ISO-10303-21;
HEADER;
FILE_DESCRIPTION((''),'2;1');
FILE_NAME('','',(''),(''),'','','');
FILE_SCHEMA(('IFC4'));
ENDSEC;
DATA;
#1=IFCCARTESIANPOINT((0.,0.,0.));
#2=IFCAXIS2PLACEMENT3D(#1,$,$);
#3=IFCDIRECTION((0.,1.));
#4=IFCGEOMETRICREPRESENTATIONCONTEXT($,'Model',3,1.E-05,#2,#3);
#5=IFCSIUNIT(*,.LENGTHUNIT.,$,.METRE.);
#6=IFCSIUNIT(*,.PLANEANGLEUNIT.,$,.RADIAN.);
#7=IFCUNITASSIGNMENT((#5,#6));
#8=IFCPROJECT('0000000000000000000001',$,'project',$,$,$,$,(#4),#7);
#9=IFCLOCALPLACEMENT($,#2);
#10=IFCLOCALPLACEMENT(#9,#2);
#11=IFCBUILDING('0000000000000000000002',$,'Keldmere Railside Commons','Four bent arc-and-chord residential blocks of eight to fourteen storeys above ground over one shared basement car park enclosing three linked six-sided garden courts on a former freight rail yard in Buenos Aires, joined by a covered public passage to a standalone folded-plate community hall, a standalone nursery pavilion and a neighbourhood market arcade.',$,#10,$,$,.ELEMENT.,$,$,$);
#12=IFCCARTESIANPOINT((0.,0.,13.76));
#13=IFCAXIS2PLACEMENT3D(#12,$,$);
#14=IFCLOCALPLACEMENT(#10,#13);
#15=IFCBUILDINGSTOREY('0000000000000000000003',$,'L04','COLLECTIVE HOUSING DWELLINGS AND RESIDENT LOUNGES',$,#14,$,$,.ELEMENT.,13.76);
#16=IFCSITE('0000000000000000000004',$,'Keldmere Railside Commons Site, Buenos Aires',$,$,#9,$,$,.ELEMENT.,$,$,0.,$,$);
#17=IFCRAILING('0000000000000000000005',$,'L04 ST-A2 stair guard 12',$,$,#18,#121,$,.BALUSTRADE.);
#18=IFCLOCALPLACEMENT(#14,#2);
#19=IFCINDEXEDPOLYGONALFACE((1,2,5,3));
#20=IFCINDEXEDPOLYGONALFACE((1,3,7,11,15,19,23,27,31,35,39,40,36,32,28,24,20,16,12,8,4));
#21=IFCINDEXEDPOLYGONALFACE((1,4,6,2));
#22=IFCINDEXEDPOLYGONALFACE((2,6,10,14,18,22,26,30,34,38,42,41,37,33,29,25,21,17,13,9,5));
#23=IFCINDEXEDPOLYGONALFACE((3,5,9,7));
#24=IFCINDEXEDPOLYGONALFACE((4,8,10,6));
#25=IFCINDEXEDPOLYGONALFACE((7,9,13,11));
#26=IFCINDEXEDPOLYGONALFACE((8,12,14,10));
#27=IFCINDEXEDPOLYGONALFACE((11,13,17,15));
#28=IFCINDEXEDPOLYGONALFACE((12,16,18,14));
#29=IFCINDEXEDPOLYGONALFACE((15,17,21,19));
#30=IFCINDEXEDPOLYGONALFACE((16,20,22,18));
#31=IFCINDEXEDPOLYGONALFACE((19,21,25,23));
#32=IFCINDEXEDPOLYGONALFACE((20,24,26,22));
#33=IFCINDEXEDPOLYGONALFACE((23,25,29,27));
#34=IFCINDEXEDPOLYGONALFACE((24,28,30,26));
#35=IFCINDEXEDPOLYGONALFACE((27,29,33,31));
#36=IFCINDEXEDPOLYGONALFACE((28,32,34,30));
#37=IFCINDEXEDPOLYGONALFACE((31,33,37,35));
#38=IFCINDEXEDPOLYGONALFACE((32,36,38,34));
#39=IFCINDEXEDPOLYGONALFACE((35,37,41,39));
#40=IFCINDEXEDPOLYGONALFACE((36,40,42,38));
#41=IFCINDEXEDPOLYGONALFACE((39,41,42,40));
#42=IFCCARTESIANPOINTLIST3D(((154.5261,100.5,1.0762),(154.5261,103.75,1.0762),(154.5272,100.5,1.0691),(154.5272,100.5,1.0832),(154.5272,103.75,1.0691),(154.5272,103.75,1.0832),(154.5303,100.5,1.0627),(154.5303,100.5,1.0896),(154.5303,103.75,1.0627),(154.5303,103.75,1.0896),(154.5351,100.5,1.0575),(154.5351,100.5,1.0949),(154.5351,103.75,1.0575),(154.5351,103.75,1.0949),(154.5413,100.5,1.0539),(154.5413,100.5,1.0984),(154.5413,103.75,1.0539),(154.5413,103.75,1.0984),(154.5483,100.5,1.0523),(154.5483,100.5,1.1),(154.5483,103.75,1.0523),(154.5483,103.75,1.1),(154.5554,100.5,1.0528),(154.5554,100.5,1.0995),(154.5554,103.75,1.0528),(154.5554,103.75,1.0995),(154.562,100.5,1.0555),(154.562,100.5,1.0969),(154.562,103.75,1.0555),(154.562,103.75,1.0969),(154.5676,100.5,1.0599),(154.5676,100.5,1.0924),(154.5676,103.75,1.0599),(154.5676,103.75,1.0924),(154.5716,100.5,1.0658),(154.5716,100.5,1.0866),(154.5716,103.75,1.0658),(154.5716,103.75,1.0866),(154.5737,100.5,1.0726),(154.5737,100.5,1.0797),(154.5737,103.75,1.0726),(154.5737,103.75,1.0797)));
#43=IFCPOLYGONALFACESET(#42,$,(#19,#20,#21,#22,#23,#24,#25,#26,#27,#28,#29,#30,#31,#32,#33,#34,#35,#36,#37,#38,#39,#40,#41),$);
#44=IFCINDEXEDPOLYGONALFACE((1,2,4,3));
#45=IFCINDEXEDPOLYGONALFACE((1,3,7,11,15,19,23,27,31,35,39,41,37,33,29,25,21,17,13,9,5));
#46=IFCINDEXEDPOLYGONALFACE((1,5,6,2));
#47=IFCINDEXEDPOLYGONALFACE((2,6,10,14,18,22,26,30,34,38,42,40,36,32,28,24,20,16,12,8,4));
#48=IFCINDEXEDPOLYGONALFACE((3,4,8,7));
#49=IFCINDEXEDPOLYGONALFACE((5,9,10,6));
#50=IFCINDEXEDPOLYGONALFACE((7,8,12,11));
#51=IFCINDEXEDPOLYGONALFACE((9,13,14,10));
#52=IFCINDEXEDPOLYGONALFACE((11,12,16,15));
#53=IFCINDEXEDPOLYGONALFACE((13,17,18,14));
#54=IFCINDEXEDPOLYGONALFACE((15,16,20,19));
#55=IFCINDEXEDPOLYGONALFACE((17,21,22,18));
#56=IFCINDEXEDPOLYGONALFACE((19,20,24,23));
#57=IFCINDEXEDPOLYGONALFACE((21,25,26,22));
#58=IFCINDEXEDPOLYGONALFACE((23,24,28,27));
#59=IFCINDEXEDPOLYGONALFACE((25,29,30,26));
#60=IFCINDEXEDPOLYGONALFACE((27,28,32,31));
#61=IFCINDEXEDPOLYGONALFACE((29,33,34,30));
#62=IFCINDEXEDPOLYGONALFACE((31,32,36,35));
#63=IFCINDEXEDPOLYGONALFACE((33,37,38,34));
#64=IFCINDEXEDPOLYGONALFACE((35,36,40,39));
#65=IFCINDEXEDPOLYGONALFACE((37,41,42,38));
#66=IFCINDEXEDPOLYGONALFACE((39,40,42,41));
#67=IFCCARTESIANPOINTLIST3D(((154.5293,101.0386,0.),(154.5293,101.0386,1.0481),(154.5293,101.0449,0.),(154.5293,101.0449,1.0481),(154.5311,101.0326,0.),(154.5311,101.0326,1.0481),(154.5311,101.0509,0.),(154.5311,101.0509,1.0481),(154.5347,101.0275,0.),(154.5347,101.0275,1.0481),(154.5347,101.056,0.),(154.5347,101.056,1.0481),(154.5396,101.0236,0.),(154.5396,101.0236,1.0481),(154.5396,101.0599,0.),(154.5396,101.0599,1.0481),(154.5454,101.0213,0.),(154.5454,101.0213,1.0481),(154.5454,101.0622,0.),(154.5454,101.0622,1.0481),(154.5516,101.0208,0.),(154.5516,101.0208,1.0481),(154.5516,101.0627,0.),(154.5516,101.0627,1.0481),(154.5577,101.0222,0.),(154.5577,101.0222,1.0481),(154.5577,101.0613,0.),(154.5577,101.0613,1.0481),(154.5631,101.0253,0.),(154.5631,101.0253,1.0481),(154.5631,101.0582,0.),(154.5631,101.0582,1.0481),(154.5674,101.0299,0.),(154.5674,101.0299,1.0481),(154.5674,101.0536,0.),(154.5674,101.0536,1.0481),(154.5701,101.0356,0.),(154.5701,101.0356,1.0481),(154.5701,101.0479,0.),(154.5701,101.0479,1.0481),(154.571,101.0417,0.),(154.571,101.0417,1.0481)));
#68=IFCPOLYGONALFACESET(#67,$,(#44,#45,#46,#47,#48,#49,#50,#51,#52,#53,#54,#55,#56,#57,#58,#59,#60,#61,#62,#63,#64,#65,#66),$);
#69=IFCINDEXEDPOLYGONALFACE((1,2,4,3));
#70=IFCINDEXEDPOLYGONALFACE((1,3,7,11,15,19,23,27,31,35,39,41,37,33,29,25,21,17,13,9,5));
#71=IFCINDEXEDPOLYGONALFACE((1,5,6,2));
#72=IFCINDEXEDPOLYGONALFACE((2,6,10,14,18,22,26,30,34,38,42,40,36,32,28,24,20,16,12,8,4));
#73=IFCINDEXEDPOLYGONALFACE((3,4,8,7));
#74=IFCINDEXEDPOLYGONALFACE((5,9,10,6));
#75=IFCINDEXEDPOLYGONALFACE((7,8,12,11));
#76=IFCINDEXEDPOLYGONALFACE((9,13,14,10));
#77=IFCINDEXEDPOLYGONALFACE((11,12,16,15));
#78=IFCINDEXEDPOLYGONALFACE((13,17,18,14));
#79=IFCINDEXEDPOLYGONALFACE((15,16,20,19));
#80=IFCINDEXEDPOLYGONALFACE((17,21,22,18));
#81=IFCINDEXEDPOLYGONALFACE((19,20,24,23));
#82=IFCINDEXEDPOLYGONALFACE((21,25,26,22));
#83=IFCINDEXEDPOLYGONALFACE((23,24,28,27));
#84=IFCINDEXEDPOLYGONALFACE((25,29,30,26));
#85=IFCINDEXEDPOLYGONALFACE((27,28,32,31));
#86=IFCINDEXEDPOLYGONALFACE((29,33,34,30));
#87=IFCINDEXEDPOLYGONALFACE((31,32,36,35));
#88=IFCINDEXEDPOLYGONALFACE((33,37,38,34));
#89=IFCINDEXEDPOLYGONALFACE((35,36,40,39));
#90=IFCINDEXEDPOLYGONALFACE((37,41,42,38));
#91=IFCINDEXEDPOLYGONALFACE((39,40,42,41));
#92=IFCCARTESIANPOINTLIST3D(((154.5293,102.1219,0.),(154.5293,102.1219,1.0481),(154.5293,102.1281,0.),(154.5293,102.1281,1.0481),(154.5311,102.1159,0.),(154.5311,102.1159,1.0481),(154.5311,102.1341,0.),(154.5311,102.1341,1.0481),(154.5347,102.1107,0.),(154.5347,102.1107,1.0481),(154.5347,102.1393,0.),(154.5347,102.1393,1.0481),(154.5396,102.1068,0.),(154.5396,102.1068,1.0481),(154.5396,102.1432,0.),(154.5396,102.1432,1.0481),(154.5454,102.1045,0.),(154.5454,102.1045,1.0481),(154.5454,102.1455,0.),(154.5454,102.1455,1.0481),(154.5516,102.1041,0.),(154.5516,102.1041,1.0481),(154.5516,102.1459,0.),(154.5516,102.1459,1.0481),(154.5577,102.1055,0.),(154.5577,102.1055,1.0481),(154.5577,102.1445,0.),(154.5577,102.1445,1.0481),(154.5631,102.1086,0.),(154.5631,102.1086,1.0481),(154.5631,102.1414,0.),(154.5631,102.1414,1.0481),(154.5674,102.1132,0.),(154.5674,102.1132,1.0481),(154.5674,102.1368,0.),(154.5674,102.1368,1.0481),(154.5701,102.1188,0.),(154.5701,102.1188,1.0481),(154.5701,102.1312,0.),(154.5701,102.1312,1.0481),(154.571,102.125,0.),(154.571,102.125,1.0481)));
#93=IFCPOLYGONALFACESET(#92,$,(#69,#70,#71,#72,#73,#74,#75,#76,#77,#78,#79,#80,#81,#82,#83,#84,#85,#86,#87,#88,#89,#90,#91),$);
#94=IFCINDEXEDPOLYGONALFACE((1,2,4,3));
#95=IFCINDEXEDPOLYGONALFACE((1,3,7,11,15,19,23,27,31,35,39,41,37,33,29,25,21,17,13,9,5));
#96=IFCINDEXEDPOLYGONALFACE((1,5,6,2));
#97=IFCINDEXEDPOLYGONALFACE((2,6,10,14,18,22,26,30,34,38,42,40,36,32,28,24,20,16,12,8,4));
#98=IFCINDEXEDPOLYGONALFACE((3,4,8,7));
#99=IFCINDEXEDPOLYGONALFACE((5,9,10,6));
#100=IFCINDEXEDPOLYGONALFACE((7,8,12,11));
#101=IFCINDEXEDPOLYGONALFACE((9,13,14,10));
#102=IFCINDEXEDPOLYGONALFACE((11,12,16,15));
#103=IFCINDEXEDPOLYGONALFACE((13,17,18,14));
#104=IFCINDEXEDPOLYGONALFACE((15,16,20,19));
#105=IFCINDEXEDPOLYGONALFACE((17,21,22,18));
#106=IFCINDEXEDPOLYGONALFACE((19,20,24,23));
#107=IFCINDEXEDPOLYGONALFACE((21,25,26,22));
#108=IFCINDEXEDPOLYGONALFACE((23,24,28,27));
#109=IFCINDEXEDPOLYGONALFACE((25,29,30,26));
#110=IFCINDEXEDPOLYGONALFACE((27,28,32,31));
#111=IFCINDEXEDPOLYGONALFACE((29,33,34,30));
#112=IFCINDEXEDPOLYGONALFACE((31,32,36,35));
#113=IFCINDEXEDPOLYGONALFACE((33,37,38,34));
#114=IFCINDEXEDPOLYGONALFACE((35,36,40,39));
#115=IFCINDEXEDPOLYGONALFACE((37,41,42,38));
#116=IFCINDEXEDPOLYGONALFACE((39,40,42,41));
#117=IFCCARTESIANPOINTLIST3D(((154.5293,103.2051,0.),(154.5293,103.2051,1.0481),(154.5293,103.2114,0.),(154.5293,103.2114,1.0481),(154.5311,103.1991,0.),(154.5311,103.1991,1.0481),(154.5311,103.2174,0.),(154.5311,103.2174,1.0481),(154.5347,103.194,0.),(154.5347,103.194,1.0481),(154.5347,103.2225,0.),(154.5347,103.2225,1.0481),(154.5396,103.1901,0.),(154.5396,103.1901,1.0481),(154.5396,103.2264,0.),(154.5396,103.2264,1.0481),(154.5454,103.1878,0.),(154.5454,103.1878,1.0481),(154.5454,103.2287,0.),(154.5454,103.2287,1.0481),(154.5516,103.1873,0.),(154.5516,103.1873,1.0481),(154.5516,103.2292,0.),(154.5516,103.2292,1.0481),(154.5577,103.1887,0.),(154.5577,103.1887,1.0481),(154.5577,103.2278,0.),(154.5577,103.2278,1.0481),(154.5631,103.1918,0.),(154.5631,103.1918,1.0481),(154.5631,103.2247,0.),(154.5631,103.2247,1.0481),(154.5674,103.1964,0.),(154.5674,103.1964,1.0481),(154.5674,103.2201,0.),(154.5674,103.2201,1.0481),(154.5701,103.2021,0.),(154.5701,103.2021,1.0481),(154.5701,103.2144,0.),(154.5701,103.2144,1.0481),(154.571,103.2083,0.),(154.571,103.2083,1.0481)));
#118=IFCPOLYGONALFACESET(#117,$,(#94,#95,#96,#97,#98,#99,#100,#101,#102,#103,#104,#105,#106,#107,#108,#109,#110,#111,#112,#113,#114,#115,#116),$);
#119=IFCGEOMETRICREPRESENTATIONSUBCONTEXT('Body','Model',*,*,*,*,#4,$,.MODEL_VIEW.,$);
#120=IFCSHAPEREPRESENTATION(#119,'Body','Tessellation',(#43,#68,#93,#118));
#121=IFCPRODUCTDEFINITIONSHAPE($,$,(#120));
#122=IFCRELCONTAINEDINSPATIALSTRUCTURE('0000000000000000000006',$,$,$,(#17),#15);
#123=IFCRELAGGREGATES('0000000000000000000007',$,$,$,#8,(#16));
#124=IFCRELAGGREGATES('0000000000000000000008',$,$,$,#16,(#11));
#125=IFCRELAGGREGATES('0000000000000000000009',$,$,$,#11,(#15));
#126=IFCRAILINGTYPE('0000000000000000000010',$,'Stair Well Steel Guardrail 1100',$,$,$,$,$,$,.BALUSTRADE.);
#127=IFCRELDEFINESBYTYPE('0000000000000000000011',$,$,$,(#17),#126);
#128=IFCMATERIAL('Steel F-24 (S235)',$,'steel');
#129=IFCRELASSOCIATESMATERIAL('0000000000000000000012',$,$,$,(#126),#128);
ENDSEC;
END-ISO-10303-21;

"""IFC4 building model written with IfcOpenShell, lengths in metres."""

from ifc_helpers import new_model, si_unit, direction, frame, origin, origin_2d, place, context, subcontext, project, spatial, circle, extrude, material, type_object, element, save


model = new_model("IFC4")

# Units and contexts
model_context = context("Model", 3, precision=1e-05, world=origin(), true_north=direction((0.0, 1.0)))
body_context = subcontext(model_context, "Body", "Model", "MODEL_VIEW")
ifc_project = project(units=[si_unit("LENGTHUNIT", "METRE"), si_unit("PLANEANGLEUNIT", "RADIAN")], contexts=[model_context])

# Site, building, storey
site_placement = place(None, origin())
site = spatial("IfcSite", under=ifc_project, at=site_placement, Name="Keldmere Railside Commons Site, Buenos Aires", CompositionType="ELEMENT", RefElevation=0.0)
building_placement = place(site_placement, origin())
building = spatial("IfcBuilding", under=site, at=building_placement, Name="Keldmere Railside Commons", Description="Four bent arc-and-chord residential blocks of eight to fourteen storeys above ground over one shared basement car park enclosing three linked six-sided garden courts on a former freight rail yard in Buenos Aires, joined by a covered public passage to a standalone folded-plate community hall, a standalone nursery pavilion and a neighbourhood market arcade.", CompositionType="ELEMENT")
storey_placement = place(building_placement, frame((0.0, 0.0, 13.76)))
storey = spatial("IfcBuildingStorey", under=building, at=storey_placement, Name="L04", Description="COLLECTIVE HOUSING DWELLINGS AND RESIDENT LOUNGES", CompositionType="ELEMENT", Elevation=13.76)

# Shared definitions
ifc_material_1 = material(Name="Steel F-24 (S235)", Category="steel")

# Railing
railing_type_1 = type_object("IfcRailingType", Name="Stair Well Steel Guardrail 1100", PredefinedType="BALUSTRADE", material=ifc_material_1)
railing_1_placement = place(storey_placement, frame((154.55, 100.5, 0.0)))
element("IfcRailing", 1, at=railing_1_placement, inside=storey, type_object=railing_type_1, Name="L04 ST-A2 stair guard 12", PredefinedType="BALUSTRADE", context=body_context, shape_type="SweptSolid", body=[
    extrude(circle(Radius=0.0239, at=origin_2d()), frame((0.0, 0.0, 1.0762), z_axis=(0.0, 1.0, 0.0), x_axis=(-1.0, 0.0, 0.0)), (0.0, 0.0, 1.0), 3.25),
    extrude(circle(Radius=0.021, at=origin_2d()), frame((0.0, 0.5417, 0.0)), (0.0, 0.0, 1.0), 1.0481),
    extrude(circle(Radius=0.021, at=origin_2d()), frame((0.0, 1.625, 0.0)), (0.0, 0.0, 1.0), 1.0481),
    extrude(circle(Radius=0.021, at=origin_2d()), frame((0.0, 2.7083, 0.0)), (0.0, 0.0, 1.0), 1.0481),
])

save(model, "model.ifc")
